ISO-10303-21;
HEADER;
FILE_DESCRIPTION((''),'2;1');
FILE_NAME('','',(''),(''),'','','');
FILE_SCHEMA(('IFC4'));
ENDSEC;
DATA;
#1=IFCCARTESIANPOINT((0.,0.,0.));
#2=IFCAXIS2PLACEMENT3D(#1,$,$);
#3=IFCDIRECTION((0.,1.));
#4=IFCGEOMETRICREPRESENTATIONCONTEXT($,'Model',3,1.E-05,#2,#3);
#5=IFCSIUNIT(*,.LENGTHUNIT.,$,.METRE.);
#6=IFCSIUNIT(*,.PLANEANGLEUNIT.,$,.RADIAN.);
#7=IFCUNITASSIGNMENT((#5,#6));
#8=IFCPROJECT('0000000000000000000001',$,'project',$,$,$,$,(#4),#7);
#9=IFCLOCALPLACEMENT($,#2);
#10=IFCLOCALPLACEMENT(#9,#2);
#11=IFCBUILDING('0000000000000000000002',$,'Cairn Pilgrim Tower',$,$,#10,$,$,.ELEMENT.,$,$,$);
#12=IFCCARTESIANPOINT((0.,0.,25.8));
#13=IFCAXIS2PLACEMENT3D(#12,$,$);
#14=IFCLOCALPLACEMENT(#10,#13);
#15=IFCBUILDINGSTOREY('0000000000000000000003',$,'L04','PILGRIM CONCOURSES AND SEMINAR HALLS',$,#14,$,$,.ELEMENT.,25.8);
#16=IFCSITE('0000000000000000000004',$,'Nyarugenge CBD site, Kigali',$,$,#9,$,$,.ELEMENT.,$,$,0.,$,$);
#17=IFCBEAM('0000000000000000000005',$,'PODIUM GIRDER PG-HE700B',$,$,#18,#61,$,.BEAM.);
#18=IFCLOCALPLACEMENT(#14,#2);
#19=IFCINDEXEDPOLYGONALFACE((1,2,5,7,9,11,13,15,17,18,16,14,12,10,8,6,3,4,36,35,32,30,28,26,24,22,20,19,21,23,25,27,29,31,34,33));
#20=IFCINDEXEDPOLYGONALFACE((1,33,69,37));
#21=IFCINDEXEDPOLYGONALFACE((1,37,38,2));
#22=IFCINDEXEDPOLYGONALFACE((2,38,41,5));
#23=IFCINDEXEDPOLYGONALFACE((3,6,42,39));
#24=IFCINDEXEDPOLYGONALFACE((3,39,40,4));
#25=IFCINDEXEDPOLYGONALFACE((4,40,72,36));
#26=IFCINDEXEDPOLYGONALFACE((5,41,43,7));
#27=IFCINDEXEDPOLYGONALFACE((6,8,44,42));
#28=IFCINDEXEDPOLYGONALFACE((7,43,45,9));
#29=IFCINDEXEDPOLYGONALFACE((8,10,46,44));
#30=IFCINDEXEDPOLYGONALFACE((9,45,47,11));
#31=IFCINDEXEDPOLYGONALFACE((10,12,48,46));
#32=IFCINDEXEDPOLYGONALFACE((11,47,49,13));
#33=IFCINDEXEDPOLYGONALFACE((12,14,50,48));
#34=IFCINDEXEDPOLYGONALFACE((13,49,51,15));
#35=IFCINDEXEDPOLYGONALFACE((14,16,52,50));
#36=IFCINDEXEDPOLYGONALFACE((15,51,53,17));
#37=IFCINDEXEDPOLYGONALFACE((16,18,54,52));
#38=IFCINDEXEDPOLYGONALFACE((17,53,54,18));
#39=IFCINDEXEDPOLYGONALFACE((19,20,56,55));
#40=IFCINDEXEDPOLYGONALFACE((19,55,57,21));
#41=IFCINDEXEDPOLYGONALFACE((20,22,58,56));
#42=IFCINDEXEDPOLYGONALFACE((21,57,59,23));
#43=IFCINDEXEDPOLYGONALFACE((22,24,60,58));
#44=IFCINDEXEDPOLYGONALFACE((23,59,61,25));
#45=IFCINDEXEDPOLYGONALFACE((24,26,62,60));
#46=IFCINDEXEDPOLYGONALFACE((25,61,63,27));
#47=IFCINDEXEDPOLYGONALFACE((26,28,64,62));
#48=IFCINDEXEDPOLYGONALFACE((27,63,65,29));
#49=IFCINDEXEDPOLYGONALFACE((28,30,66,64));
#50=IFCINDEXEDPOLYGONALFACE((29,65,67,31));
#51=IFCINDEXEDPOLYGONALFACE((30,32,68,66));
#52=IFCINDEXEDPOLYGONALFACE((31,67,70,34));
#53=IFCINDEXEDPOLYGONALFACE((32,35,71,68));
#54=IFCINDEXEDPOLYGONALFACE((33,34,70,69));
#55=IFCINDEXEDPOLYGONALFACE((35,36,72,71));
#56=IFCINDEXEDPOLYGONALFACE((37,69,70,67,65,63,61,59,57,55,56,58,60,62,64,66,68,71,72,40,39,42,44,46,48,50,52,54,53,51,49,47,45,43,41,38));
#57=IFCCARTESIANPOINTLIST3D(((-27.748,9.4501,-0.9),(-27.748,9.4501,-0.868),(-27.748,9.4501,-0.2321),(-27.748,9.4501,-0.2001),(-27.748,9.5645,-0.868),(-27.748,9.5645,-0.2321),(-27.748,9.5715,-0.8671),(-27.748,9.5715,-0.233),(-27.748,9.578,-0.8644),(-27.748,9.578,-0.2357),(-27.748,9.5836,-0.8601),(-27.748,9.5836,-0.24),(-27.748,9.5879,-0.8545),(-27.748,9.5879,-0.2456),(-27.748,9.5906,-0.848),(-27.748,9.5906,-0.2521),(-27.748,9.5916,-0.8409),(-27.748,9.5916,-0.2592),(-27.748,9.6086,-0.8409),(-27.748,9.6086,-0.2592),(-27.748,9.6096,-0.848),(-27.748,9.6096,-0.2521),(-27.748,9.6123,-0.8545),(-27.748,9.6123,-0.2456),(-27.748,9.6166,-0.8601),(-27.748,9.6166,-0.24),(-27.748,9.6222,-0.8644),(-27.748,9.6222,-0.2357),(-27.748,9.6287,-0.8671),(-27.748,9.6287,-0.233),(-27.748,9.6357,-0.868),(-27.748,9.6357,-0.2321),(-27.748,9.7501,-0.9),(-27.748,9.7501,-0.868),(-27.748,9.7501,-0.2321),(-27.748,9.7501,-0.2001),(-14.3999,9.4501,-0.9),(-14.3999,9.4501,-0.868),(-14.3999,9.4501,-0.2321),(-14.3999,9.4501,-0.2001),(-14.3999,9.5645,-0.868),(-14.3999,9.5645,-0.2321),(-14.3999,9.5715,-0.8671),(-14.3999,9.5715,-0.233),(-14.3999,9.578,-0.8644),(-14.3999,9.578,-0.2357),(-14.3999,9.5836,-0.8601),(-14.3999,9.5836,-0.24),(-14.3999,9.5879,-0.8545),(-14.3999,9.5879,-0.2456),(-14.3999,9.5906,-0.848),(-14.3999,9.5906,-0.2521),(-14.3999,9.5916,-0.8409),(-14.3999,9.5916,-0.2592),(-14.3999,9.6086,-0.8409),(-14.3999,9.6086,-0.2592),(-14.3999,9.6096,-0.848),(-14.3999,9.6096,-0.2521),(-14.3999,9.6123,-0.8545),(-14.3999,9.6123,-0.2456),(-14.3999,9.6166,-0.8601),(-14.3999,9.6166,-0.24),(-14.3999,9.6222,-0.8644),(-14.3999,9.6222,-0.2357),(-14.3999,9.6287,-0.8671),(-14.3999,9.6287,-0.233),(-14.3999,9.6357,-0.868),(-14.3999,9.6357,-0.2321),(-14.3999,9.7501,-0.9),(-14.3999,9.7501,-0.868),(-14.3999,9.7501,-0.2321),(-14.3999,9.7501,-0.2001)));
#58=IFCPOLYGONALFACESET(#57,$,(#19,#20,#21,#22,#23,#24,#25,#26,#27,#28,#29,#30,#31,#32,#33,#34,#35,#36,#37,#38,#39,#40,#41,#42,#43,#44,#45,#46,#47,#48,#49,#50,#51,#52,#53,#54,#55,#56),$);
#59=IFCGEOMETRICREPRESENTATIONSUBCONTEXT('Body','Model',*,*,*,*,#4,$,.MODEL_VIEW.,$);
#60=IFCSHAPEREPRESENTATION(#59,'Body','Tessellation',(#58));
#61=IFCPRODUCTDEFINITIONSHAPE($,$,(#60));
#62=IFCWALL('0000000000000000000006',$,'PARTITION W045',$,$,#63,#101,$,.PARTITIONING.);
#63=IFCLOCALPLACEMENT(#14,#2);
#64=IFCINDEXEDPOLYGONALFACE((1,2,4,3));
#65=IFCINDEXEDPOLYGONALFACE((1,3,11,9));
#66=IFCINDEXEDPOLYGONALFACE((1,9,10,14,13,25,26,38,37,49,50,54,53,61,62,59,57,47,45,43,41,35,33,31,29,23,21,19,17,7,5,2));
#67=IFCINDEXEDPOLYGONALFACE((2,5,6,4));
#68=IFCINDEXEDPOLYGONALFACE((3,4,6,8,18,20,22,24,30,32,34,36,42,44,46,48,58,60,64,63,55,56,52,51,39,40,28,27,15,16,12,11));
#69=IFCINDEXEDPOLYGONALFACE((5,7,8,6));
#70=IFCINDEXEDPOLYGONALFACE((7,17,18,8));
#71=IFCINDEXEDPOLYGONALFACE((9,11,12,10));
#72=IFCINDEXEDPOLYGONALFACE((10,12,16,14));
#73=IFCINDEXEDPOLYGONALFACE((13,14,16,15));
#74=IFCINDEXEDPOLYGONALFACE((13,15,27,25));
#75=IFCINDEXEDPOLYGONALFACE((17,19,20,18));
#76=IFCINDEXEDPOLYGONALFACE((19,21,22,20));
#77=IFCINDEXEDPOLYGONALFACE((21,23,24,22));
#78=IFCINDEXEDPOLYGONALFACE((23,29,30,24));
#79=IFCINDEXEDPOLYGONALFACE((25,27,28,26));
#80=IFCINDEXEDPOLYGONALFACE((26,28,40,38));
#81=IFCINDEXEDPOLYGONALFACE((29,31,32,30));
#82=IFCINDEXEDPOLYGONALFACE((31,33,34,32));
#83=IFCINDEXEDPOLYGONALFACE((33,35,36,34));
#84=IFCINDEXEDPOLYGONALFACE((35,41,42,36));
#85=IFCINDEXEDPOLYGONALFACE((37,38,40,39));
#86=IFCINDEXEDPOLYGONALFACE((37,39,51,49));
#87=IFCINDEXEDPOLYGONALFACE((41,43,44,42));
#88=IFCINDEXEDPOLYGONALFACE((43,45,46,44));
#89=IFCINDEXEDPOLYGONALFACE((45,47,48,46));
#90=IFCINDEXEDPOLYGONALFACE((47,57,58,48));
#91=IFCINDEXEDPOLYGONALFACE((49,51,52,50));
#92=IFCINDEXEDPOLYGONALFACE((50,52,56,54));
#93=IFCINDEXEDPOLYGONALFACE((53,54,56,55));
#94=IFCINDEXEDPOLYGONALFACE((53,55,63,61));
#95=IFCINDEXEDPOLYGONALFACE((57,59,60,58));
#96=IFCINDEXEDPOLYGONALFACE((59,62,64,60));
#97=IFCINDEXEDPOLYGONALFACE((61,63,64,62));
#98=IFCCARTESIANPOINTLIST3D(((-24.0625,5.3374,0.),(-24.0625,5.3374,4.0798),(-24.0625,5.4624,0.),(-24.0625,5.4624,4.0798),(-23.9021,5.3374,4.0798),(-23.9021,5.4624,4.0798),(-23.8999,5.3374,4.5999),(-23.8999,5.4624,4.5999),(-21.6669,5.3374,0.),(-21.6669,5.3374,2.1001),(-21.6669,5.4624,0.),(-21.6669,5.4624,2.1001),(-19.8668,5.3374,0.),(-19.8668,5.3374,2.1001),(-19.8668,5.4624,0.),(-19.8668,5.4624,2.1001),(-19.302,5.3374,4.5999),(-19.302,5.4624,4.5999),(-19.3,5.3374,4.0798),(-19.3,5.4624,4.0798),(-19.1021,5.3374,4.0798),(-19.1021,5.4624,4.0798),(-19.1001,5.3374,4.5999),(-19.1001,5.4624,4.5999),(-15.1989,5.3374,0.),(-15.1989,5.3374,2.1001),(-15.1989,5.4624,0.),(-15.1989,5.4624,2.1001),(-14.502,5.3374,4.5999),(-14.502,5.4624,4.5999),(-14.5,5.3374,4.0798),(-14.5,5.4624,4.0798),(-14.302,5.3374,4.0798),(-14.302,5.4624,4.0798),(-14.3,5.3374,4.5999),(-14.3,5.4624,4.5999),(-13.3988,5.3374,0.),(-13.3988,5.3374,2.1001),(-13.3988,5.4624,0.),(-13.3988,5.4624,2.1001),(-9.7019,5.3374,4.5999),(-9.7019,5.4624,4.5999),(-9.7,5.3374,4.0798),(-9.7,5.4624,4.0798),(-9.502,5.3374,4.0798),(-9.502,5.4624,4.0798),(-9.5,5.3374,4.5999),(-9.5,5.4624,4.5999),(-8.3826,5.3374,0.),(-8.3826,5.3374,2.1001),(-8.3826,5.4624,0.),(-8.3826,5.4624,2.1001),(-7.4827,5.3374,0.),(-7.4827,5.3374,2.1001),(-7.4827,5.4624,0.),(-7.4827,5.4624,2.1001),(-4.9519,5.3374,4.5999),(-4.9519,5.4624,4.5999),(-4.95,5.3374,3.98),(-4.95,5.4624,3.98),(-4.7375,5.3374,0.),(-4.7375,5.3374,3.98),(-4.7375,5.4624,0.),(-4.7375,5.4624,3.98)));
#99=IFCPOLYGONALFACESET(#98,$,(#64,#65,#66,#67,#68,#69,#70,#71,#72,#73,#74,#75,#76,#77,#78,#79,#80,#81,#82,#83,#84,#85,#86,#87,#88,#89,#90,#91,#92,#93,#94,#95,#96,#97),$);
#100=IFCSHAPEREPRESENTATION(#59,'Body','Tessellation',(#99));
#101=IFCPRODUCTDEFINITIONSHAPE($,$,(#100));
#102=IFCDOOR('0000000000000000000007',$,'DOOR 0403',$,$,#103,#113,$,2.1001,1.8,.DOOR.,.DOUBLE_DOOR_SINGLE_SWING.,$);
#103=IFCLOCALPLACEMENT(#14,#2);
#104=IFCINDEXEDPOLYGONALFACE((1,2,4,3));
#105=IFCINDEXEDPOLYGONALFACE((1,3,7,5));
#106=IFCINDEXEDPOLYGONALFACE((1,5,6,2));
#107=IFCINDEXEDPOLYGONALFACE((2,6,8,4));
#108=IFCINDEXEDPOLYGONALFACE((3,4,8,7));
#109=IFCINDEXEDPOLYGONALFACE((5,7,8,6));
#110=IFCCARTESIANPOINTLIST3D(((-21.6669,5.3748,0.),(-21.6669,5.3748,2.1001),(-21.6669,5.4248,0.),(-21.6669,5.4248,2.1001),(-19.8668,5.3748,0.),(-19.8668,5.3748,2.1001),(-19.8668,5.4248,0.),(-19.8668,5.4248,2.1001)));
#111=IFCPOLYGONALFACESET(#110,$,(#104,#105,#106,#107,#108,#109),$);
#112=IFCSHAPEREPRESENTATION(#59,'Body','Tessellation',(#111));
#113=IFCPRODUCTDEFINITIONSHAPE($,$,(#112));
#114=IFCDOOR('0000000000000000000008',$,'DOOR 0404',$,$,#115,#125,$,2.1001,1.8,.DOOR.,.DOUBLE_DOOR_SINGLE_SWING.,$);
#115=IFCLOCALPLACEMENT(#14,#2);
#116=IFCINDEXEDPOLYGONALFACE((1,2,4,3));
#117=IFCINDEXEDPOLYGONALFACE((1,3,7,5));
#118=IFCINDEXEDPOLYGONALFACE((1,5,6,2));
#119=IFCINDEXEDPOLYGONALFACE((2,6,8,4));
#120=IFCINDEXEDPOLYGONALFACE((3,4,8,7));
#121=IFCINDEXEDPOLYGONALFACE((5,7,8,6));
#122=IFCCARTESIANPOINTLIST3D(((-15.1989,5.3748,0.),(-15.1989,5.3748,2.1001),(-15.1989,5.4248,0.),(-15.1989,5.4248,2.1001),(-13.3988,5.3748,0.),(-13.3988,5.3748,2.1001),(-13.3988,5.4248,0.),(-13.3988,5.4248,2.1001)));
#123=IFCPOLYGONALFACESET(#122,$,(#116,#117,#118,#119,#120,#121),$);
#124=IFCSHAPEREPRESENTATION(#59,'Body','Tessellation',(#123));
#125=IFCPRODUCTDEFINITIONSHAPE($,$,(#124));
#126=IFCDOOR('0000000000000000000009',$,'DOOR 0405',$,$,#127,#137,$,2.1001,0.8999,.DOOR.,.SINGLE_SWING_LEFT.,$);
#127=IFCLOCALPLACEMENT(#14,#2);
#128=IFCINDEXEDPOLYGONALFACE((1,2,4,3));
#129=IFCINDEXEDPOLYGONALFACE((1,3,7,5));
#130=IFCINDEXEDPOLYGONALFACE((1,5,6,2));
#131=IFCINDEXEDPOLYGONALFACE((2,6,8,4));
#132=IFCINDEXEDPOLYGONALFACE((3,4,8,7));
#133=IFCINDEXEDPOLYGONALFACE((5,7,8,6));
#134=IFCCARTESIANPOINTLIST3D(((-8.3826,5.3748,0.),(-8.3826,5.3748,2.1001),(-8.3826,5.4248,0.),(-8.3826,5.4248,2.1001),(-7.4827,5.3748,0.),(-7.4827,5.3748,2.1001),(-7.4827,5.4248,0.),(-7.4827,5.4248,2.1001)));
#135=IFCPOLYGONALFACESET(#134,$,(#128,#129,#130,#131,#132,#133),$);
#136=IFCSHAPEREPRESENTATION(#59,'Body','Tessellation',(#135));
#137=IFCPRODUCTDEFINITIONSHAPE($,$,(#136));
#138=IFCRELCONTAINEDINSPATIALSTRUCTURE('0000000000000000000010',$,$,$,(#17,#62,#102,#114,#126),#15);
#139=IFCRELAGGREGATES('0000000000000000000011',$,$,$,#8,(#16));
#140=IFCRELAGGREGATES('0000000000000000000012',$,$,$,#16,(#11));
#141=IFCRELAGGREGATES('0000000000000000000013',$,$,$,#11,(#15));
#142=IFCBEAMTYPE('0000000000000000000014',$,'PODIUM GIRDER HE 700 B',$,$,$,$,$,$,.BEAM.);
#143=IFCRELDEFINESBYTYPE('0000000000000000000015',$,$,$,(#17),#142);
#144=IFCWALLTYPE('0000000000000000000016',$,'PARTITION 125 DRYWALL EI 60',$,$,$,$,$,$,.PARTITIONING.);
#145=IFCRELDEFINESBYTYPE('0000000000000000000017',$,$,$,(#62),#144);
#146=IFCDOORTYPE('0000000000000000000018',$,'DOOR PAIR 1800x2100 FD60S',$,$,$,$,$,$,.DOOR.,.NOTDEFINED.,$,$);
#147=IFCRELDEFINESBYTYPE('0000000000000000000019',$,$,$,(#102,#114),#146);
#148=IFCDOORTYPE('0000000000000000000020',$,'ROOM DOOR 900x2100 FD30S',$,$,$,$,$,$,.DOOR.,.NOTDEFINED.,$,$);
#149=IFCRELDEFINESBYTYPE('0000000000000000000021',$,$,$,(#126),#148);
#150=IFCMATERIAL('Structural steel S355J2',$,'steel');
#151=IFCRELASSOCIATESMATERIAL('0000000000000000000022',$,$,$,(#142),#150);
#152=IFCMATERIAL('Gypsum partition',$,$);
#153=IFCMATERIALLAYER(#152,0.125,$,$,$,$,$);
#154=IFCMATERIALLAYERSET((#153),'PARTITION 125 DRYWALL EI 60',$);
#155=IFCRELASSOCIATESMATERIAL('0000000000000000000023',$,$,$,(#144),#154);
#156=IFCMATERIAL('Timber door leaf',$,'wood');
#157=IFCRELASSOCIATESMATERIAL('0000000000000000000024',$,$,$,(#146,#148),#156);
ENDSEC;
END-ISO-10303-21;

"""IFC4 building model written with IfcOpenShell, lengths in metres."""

from ifc_helpers import new_model, si_unit, direction, frame, frame_2d, origin, origin_2d, place, context, subcontext, project, spatial, polyline, rectangle, i_section, outline, extrude, material, layer, layer_set, material_profile, profile_set, type_object, element, fill, save


model = new_model("IFC4")

# Units and contexts
model_context = context("Model", 3, precision=1e-05, world=origin(), true_north=direction((0.0, 1.0)))
body_context = subcontext(model_context, "Body", "Model", "MODEL_VIEW")
ifc_project = project(units=[si_unit("LENGTHUNIT", "METRE"), si_unit("PLANEANGLEUNIT", "RADIAN")], contexts=[model_context])

# Site, building, storey
site_placement = place(None, origin())
site = spatial("IfcSite", under=ifc_project, at=site_placement, Name="Nyarugenge CBD site, Kigali", CompositionType="ELEMENT", RefElevation=0.0)
building_placement = place(site_placement, origin())
building = spatial("IfcBuilding", under=site, at=building_placement, Name="Cairn Pilgrim Tower", CompositionType="ELEMENT")
storey_placement = place(building_placement, frame((0.0, 0.0, 25.8)))
storey = spatial("IfcBuildingStorey", under=building, at=storey_placement, Name="L04", Description="PILGRIM CONCOURSES AND SEMINAR HALLS", CompositionType="ELEMENT", Elevation=25.8)

# Beam
ifc_material_1 = material(Name="Structural steel S355J2", Category="steel")
ifc_material_profile_1 = material_profile(ifc_material_1, i_section(OverallWidth=0.3, OverallDepth=0.7, WebThickness=0.0171, FlangeThickness=0.032, FilletRadius=0.0271, at=origin_2d()), Name="HEB 700")
ifc_profile_set_1 = profile_set([ifc_material_profile_1], Name="Structural steel S355J2")
beam_type_1 = type_object("IfcBeamType", Name="PODIUM GIRDER HE 700 B", PredefinedType="BEAM", material=ifc_profile_set_1)
beam_1_placement = place(storey_placement, frame((-27.748, 9.6001, -0.55), z_axis=(1.0, 0.0, 0.0), x_axis=(0.0, 1.0, 0.0)))
element("IfcBeam", 1, at=beam_1_placement, inside=storey, type_object=beam_type_1, Name="PODIUM GIRDER PG-HE700B", PredefinedType="BEAM", context=body_context, shape_type="SweptSolid", body=[
    extrude(i_section(OverallWidth=0.3, OverallDepth=0.7, WebThickness=0.0171, FlangeThickness=0.032, FilletRadius=0.0271, at=origin_2d()), origin(), (0.0, 0.0, 1.0), 13.3481),
])

# Wall, openings, doors
ifc_material_2 = material(Name="Gypsum partition")
ifc_layer_1 = layer(ifc_material_2, 0.125)
ifc_layer_set_1 = layer_set([ifc_layer_1], Name="PARTITION 125 DRYWALL EI 60")
wall_type_1 = type_object("IfcWallType", Name="PARTITION 125 DRYWALL EI 60", PredefinedType="PARTITIONING", material=ifc_layer_set_1)
wall_1_placement = place(storey_placement, frame((-24.0625, 5.3999, 0.0), z_axis=(0.0, 0.0, 1.0), x_axis=(1.0, 0.0, 0.0)))
wall_1 = element("IfcWall", 2, at=wall_1_placement, inside=storey, type_object=wall_type_1, Name="PARTITION W045", PredefinedType="PARTITIONING", context=body_context, shape_type="SweptSolid", body=[
    extrude(outline(polyline([(0.0, 0.0), (19.325, 0.0), (19.325, 3.98), (19.1125, 3.98), (19.1106, 4.5999), (14.5625, 4.5999), (14.5605, 4.0798), (14.3625, 4.0798), (14.3606, 4.5999), (9.7625, 4.5999), (9.7605, 4.0798), (9.5625, 4.0798), (9.5605, 4.5999), (4.9624, 4.5999), (4.9604, 4.0798), (4.7625, 4.0798), (4.7605, 4.5999), (0.1626, 4.5999), (0.1604, 4.0798), (0.0, 4.0798), (0.0, 0.0)])), frame((0.0, 0.0625, 0.0), z_axis=(0.0, -1.0, 0.0), x_axis=(1.0, 0.0, 0.0)), (0.0, 0.0, 1.0), 0.125),
])
opening_1_placement = place(wall_1_placement, frame((2.3958, 0.0, 0.0)))
opening_1 = element("IfcOpeningElement", 3, at=opening_1_placement, cuts=wall_1, PredefinedType="OPENING", context=body_context, shape_type="SweptSolid", body=[
    extrude(rectangle(XDim=1.8, YDim=2.1001, at=frame_2d((0.8999, 1.05))), frame((0.0, 0.0725, 0.0), z_axis=(0.0, -1.0, 0.0), x_axis=(1.0, 0.0, 0.0)), (0.0, 0.0, 1.0), 0.145),
])
opening_2_placement = place(wall_1_placement, frame((8.8638, 0.0, 0.0)))
opening_2 = element("IfcOpeningElement", 4, at=opening_2_placement, cuts=wall_1, PredefinedType="OPENING", context=body_context, shape_type="SweptSolid", body=[
    extrude(rectangle(XDim=1.8, YDim=2.1001, at=frame_2d((0.8999, 1.05))), frame((0.0, 0.0725, 0.0), z_axis=(0.0, -1.0, 0.0), x_axis=(1.0, 0.0, 0.0)), (0.0, 0.0, 1.0), 0.145),
])
opening_3_placement = place(wall_1_placement, frame((15.6799, 0.0, 0.0)))
opening_3 = element("IfcOpeningElement", 5, at=opening_3_placement, cuts=wall_1, PredefinedType="OPENING", context=body_context, shape_type="SweptSolid", body=[
    extrude(rectangle(XDim=0.8999, YDim=2.1001, at=frame_2d((0.45, 1.05))), frame((0.0, 0.0725, 0.0), z_axis=(0.0, -1.0, 0.0), x_axis=(1.0, 0.0, 0.0)), (0.0, 0.0, 1.0), 0.145),
])
ifc_material_3 = material(Name="Timber door leaf", Category="wood")
door_type_1 = type_object("IfcDoorType", Name="DOOR PAIR 1800x2100 FD60S", OperationType="NOTDEFINED", PredefinedType="DOOR", material=ifc_material_3)
door_1_placement = place(opening_1_placement, origin())
door_1 = element("IfcDoor", 6, at=door_1_placement, inside=storey, type_object=door_type_1, Name="DOOR 0403", OperationType="DOUBLE_DOOR_SINGLE_SWING", OverallHeight=2.1001, OverallWidth=1.8, PredefinedType="DOOR", context=body_context, shape_type="SweptSolid", body=[
    extrude(rectangle(XDim=1.8, YDim=2.1001, at=frame_2d((0.8999, 1.05))), frame((0.0, 0.0249, 0.0), z_axis=(0.0, -1.0, 0.0), x_axis=(1.0, 0.0, 0.0)), (0.0, 0.0, 1.0), 0.05),
])
fill(opening_1, door_1)
door_2_placement = place(opening_2_placement, origin())
door_2 = element("IfcDoor", 7, at=door_2_placement, inside=storey, type_object=door_type_1, Name="DOOR 0404", OperationType="DOUBLE_DOOR_SINGLE_SWING", OverallHeight=2.1001, OverallWidth=1.8, PredefinedType="DOOR", context=body_context, shape_type="SweptSolid", body=[
    extrude(rectangle(XDim=1.8, YDim=2.1001, at=frame_2d((0.8999, 1.05))), frame((0.0, 0.0249, 0.0), z_axis=(0.0, -1.0, 0.0), x_axis=(1.0, 0.0, 0.0)), (0.0, 0.0, 1.0), 0.05),
])
fill(opening_2, door_2)
door_type_2 = type_object("IfcDoorType", Name="ROOM DOOR 900x2100 FD30S", OperationType="NOTDEFINED", PredefinedType="DOOR", material=ifc_material_3)
door_3_placement = place(opening_3_placement, origin())
door_3 = element("IfcDoor", 8, at=door_3_placement, inside=storey, type_object=door_type_2, Name="DOOR 0405", OperationType="SINGLE_SWING_LEFT", OverallHeight=2.1001, OverallWidth=0.8999, PredefinedType="DOOR", context=body_context, shape_type="SweptSolid", body=[
    extrude(rectangle(XDim=0.8999, YDim=2.1001, at=frame_2d((0.45, 1.05))), frame((0.0, 0.0249, 0.0), z_axis=(0.0, -1.0, 0.0), x_axis=(1.0, 0.0, 0.0)), (0.0, 0.0, 1.0), 0.05),
])
fill(opening_3, door_3)

save(model, "model.ifc")
